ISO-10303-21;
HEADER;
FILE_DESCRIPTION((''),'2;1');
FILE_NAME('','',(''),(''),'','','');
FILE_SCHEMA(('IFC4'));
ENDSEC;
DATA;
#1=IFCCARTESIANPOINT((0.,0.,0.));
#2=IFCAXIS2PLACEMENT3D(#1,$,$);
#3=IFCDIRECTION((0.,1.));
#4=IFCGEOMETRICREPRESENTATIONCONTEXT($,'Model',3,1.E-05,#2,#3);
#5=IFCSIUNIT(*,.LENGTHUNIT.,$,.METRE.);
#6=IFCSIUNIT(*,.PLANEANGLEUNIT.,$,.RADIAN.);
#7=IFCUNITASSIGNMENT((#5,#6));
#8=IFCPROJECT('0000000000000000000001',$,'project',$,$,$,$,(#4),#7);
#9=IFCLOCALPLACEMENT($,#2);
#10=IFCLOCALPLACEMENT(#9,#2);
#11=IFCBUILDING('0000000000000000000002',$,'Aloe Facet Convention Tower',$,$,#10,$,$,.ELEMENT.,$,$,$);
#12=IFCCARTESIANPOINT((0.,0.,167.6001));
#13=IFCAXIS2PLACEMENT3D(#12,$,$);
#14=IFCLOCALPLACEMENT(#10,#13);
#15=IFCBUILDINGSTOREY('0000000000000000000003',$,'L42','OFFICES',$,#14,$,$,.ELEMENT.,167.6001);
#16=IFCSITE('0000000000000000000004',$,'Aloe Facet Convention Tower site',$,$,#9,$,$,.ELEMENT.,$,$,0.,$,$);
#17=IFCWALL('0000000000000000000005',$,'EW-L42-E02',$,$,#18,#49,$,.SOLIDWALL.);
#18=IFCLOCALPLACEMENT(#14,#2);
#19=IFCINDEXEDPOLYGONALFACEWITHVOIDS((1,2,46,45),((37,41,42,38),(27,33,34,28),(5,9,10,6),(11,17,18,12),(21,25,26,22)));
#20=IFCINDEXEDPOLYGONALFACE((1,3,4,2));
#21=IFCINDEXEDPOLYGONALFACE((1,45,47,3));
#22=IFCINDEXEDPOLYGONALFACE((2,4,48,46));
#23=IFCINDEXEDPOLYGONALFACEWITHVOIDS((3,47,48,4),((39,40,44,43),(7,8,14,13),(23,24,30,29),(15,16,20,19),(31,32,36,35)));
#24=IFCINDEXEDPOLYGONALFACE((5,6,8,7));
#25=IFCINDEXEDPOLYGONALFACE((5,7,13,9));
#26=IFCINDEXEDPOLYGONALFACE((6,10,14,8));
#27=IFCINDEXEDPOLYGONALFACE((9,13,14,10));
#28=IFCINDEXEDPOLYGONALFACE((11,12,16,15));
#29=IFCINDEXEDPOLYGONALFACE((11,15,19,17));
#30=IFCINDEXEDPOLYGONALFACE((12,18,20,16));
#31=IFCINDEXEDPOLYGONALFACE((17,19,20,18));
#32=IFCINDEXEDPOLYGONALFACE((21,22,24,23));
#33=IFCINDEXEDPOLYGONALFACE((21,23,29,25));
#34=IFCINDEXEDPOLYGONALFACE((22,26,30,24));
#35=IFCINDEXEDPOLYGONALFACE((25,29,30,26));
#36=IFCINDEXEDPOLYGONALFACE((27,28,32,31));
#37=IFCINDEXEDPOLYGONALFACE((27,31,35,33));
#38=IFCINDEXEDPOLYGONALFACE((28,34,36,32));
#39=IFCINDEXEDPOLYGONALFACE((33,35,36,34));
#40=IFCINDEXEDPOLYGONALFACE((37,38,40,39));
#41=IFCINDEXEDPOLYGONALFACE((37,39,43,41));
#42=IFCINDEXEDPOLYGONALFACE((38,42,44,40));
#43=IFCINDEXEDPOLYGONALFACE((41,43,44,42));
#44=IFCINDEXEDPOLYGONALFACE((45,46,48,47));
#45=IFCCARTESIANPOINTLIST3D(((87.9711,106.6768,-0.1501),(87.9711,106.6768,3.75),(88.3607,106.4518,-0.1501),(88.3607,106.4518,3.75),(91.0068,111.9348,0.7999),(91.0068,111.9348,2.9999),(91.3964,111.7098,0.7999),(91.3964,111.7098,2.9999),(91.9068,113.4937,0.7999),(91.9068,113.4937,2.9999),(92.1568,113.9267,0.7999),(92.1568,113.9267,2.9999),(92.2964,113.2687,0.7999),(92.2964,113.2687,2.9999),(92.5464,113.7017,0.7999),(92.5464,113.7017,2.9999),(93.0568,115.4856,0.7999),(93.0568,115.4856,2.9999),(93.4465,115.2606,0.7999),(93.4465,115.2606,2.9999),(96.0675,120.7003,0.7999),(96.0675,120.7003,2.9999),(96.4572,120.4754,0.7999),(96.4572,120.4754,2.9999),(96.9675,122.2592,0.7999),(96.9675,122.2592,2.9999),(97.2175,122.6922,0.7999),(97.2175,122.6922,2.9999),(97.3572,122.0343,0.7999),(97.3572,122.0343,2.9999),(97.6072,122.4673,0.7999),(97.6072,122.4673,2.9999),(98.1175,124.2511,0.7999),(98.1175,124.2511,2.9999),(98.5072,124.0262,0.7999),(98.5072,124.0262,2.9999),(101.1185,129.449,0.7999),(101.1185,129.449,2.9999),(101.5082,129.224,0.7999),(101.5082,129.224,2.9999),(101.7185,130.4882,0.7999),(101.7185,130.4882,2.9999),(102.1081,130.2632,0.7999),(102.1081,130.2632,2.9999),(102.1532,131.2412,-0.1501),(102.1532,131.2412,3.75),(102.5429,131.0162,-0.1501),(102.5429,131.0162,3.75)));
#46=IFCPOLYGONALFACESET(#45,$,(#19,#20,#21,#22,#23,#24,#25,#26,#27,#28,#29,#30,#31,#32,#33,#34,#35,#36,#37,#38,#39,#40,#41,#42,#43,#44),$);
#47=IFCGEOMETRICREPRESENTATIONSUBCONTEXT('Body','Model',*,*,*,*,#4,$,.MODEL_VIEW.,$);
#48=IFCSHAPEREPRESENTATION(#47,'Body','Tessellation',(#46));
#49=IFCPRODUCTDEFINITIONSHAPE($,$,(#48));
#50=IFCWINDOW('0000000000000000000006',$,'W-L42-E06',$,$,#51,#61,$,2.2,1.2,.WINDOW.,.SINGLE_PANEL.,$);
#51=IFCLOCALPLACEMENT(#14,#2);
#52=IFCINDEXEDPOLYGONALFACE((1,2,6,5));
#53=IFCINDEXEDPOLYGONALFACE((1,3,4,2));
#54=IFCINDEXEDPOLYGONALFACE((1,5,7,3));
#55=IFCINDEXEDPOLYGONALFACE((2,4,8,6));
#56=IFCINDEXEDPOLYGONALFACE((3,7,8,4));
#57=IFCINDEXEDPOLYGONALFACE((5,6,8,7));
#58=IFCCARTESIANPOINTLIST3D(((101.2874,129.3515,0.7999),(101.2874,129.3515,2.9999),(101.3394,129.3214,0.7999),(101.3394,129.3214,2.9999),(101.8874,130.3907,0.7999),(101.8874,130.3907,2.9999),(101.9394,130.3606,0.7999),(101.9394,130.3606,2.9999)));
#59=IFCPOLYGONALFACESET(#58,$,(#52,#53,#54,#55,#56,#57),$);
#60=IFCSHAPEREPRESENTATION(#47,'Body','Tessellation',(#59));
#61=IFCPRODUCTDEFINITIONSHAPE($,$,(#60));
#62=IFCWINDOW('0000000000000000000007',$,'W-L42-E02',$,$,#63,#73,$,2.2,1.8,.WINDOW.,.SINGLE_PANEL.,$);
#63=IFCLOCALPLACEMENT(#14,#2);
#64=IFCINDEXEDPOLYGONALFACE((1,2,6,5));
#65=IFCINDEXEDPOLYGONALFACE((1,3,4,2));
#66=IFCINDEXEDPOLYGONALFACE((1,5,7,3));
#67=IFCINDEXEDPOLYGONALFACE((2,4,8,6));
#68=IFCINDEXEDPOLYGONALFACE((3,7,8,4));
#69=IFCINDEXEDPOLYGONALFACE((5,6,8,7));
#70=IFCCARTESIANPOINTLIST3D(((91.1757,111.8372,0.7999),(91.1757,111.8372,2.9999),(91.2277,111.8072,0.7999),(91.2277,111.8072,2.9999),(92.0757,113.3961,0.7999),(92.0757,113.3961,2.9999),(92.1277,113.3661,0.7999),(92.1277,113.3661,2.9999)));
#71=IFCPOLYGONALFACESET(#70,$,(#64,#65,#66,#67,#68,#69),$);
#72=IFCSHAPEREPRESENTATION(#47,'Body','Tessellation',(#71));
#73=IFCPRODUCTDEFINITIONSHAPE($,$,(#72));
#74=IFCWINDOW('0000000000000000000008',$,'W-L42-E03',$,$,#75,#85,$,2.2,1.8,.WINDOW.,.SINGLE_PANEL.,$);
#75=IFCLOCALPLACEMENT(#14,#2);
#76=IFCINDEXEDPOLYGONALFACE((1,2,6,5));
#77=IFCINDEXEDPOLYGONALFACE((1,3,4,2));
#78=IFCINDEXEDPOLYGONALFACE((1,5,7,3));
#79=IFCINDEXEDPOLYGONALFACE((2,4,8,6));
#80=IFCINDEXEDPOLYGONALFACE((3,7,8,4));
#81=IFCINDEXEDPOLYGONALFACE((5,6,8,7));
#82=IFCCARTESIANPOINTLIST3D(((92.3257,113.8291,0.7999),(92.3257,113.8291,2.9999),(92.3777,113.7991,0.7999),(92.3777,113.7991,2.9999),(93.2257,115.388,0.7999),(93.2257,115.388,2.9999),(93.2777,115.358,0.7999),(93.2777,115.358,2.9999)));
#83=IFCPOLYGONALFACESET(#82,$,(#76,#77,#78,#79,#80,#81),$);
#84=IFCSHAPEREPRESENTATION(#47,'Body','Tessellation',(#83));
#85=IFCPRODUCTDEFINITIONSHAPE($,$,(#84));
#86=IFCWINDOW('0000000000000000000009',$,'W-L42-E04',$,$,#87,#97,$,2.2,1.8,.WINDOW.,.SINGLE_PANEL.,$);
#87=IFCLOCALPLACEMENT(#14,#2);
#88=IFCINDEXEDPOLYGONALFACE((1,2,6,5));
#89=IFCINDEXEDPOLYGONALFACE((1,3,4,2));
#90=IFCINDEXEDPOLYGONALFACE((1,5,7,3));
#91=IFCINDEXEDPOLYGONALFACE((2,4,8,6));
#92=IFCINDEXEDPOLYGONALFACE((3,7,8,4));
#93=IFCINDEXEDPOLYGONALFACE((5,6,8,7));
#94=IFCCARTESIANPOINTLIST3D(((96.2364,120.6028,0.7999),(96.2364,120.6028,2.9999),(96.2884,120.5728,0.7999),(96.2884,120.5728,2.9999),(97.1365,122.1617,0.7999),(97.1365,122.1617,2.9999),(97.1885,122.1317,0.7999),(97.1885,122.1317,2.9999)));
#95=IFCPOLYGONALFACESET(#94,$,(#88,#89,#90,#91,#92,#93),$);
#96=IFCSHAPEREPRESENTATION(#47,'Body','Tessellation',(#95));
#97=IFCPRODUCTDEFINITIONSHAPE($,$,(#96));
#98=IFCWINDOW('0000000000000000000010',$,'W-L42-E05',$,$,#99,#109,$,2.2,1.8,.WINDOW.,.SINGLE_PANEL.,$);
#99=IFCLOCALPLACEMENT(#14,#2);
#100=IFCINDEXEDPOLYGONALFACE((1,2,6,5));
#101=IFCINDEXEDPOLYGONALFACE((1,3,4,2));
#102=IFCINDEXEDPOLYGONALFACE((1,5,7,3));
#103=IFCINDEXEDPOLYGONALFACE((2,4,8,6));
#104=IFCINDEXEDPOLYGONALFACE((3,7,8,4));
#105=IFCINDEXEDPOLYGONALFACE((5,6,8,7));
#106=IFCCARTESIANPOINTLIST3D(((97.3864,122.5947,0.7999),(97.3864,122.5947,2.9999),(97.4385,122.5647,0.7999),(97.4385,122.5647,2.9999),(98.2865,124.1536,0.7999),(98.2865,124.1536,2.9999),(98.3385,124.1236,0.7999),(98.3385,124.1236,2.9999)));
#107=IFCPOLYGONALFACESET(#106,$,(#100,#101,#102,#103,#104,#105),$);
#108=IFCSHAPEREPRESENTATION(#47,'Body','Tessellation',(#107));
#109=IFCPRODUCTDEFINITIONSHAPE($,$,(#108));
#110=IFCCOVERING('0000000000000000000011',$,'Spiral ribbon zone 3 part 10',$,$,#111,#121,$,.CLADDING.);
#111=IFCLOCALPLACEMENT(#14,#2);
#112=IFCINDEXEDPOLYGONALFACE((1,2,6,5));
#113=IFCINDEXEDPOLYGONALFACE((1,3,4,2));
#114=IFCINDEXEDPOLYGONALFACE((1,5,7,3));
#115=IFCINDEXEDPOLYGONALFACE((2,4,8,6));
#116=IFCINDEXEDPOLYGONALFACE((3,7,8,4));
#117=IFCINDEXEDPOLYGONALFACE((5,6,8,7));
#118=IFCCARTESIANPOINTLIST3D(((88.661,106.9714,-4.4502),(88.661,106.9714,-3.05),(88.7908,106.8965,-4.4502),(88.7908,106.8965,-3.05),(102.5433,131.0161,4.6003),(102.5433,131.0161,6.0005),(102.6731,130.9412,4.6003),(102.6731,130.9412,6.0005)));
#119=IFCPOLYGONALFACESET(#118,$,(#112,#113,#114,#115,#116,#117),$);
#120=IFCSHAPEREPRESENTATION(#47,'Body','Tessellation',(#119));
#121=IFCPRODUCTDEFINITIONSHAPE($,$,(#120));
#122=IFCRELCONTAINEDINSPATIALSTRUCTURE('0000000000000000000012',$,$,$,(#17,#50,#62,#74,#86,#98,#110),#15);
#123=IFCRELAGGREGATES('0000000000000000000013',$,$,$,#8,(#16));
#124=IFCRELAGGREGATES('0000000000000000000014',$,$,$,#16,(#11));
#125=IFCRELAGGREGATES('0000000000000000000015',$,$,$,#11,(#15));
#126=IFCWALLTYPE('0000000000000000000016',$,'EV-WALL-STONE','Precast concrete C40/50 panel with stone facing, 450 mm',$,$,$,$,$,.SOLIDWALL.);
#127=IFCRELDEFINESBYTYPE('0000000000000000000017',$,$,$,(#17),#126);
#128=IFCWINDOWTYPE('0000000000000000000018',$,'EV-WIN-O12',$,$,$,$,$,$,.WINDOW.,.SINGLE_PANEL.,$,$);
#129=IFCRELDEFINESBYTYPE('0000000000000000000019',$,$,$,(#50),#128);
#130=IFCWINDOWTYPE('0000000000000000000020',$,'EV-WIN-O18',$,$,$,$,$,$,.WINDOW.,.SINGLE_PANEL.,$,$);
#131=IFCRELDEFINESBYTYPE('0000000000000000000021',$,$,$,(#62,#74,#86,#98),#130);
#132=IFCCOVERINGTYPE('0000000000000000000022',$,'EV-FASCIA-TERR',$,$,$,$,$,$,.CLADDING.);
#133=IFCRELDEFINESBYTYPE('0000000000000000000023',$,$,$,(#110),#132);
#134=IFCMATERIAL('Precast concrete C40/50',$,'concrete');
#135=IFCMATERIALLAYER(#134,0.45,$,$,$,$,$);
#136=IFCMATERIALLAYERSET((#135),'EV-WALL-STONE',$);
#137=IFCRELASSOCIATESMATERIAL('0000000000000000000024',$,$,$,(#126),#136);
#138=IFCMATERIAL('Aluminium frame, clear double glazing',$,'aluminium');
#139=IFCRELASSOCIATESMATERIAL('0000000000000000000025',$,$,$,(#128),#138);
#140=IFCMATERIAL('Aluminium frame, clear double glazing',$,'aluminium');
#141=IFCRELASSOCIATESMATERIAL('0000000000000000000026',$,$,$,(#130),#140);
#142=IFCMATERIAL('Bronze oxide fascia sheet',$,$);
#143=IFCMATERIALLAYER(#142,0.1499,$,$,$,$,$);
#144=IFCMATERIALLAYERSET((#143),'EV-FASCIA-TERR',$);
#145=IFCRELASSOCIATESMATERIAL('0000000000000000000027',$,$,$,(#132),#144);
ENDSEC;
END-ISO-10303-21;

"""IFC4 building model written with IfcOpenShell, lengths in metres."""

from ifc_helpers import new_model, si_unit, direction, frame, frame_2d, origin, place, context, subcontext, project, spatial, polyline, rectangle, outline, extrude, material, layer, layer_set, type_object, element, fill, save


model = new_model("IFC4")

# Units and contexts
model_context = context("Model", 3, precision=1e-05, world=origin(), true_north=direction((0.0, 1.0)))
body_context = subcontext(model_context, "Body", "Model", "MODEL_VIEW")
ifc_project = project(units=[si_unit("LENGTHUNIT", "METRE"), si_unit("PLANEANGLEUNIT", "RADIAN")], contexts=[model_context])

# Site, building, storey
site_placement = place(None, origin())
site = spatial("IfcSite", under=ifc_project, at=site_placement, Name="Aloe Facet Convention Tower site", CompositionType="ELEMENT", RefElevation=0.0)
building_placement = place(site_placement, origin())
building = spatial("IfcBuilding", under=site, at=building_placement, Name="Aloe Facet Convention Tower", CompositionType="ELEMENT")
storey_placement = place(building_placement, frame((0.0, 0.0, 167.6001)))
storey = spatial("IfcBuildingStorey", under=building, at=storey_placement, Name="L42", Description="OFFICES", CompositionType="ELEMENT", Elevation=167.6001)

# Wall, openings, windows
ifc_material_1 = material(Name="Precast concrete C40/50", Category="concrete")
ifc_layer_1 = layer(ifc_material_1, 0.45)
ifc_layer_set_1 = layer_set([ifc_layer_1], Name="EV-WALL-STONE")
wall_type = type_object("IfcWallType", Name="EV-WALL-STONE", Description="Precast concrete C40/50 panel with stone facing, 450 mm", PredefinedType="SOLIDWALL", material=ifc_layer_set_1)
wall_placement = place(storey_placement, frame((88.166, 106.5642, -0.1501), z_axis=(0.0, 0.0, 1.0), x_axis=(0.499996, 0.866028, 0.0)))
wall = element("IfcWall", 1, at=wall_placement, inside=storey, type_object=wall_type, Name="EW-L42-E02", PredefinedType="SOLIDWALL", context=body_context, shape_type="SweptSolid", body=[
    extrude(outline(polyline([(28.3645, 3.9001), (28.3645, 0.0), (0.0, 0.0), (0.0, 3.9001), (28.3645, 3.9001)])), frame((0.0, 0.2251, 0.0), z_axis=(0.0, -1.0, 0.0), x_axis=(1.0, 0.0, 0.0)), (0.0, 0.0, 1.0), 0.45),
])
opening_1_placement = place(wall_placement, frame((6.0715, 0.0, 0.95)))
opening_1 = element("IfcOpeningElement", 2, at=opening_1_placement, cuts=wall, PredefinedType="OPENING", context=body_context, shape_type="SweptSolid", body=[
    extrude(rectangle(XDim=1.8, YDim=2.2, at=frame_2d((0.8999, 1.1001))), frame((0.0, 0.2349, 0.0), z_axis=(0.0, -1.0, 0.0), x_axis=(1.0, 0.0, 0.0)), (0.0, 0.0, 1.0), 0.47),
])
opening_2_placement = place(wall_placement, frame((8.3716, 0.0, 0.95)))
opening_2 = element("IfcOpeningElement", 3, at=opening_2_placement, cuts=wall, PredefinedType="OPENING", context=body_context, shape_type="SweptSolid", body=[
    extrude(rectangle(XDim=1.8, YDim=2.2, at=frame_2d((0.8999, 1.1001))), frame((0.0, 0.2349, 0.0), z_axis=(0.0, -1.0, 0.0), x_axis=(1.0, 0.0, 0.0)), (0.0, 0.0, 1.0), 0.47),
])
opening_3_placement = place(wall_placement, frame((16.1931, 0.0, 0.95)))
opening_3 = element("IfcOpeningElement", 4, at=opening_3_placement, cuts=wall, PredefinedType="OPENING", context=body_context, shape_type="SweptSolid", body=[
    extrude(rectangle(XDim=1.8, YDim=2.2, at=frame_2d((0.8999, 1.1001))), frame((0.0, 0.2349, 0.0), z_axis=(0.0, -1.0, 0.0), x_axis=(1.0, 0.0, 0.0)), (0.0, 0.0, 1.0), 0.47),
])
opening_4_placement = place(wall_placement, frame((18.4932, 0.0, 0.95)))
opening_4 = element("IfcOpeningElement", 5, at=opening_4_placement, cuts=wall, PredefinedType="OPENING", context=body_context, shape_type="SweptSolid", body=[
    extrude(rectangle(XDim=1.8, YDim=2.2, at=frame_2d((0.8999, 1.1001))), frame((0.0, 0.2349, 0.0), z_axis=(0.0, -1.0, 0.0), x_axis=(1.0, 0.0, 0.0)), (0.0, 0.0, 1.0), 0.47),
])
opening_5_placement = place(wall_placement, frame((26.2949, 0.0, 0.95)))
opening_5 = element("IfcOpeningElement", 6, at=opening_5_placement, cuts=wall, PredefinedType="OPENING", context=body_context, shape_type="SweptSolid", body=[
    extrude(rectangle(XDim=1.2, YDim=2.2, at=frame_2d((0.6001, 1.1001))), frame((0.0, 0.2349, 0.0), z_axis=(0.0, -1.0, 0.0), x_axis=(1.0, 0.0, 0.0)), (0.0, 0.0, 1.0), 0.47),
])
ifc_material_2 = material(Name="Aluminium frame, clear double glazing", Category="aluminium")
window_type_1 = type_object("IfcWindowType", Name="EV-WIN-O12", PartitioningType="SINGLE_PANEL", PredefinedType="WINDOW", material=ifc_material_2)
window_1_placement = place(opening_5_placement, origin())
window_1 = element("IfcWindow", 7, at=window_1_placement, inside=storey, type_object=window_type_1, Name="W-L42-E06", OverallHeight=2.2, OverallWidth=1.2, PartitioningType="SINGLE_PANEL", PredefinedType="WINDOW", context=body_context, shape_type="SweptSolid", body=[
    extrude(rectangle(XDim=1.2, YDim=2.2, at=frame_2d((0.6001, 1.1001))), frame((0.0, 0.03, 0.0), z_axis=(0.0, -1.0, 0.0), x_axis=(1.0, 0.0, 0.0)), (0.0, 0.0, 1.0), 0.0601),
])
fill(opening_5, window_1)
ifc_material_3 = material(Name="Aluminium frame, clear double glazing", Category="aluminium")
window_type_2 = type_object("IfcWindowType", Name="EV-WIN-O18", PartitioningType="SINGLE_PANEL", PredefinedType="WINDOW", material=ifc_material_3)
window_2_placement = place(opening_1_placement, origin())
window_2 = element("IfcWindow", 8, at=window_2_placement, inside=storey, type_object=window_type_2, Name="W-L42-E02", OverallHeight=2.2, OverallWidth=1.8, PartitioningType="SINGLE_PANEL", PredefinedType="WINDOW", context=body_context, shape_type="SweptSolid", body=[
    extrude(rectangle(XDim=1.8, YDim=2.2, at=frame_2d((0.8999, 1.1001))), frame((0.0, 0.03, 0.0), z_axis=(0.0, -1.0, 0.0), x_axis=(1.0, 0.0, 0.0)), (0.0, 0.0, 1.0), 0.0601),
])
fill(opening_1, window_2)
window_3_placement = place(opening_2_placement, origin())
window_3 = element("IfcWindow", 9, at=window_3_placement, inside=storey, type_object=window_type_2, Name="W-L42-E03", OverallHeight=2.2, OverallWidth=1.8, PartitioningType="SINGLE_PANEL", PredefinedType="WINDOW", context=body_context, shape_type="SweptSolid", body=[
    extrude(rectangle(XDim=1.8, YDim=2.2, at=frame_2d((0.8999, 1.1001))), frame((0.0, 0.03, 0.0), z_axis=(0.0, -1.0, 0.0), x_axis=(1.0, 0.0, 0.0)), (0.0, 0.0, 1.0), 0.0601),
])
fill(opening_2, window_3)
window_4_placement = place(opening_3_placement, origin())
window_4 = element("IfcWindow", 10, at=window_4_placement, inside=storey, type_object=window_type_2, Name="W-L42-E04", OverallHeight=2.2, OverallWidth=1.8, PartitioningType="SINGLE_PANEL", PredefinedType="WINDOW", context=body_context, shape_type="SweptSolid", body=[
    extrude(rectangle(XDim=1.8, YDim=2.2, at=frame_2d((0.8999, 1.1001))), frame((0.0, 0.03, 0.0), z_axis=(0.0, -1.0, 0.0), x_axis=(1.0, 0.0, 0.0)), (0.0, 0.0, 1.0), 0.0601),
])
fill(opening_3, window_4)
window_5_placement = place(opening_4_placement, origin())
window_5 = element("IfcWindow", 11, at=window_5_placement, inside=storey, type_object=window_type_2, Name="W-L42-E05", OverallHeight=2.2, OverallWidth=1.8, PartitioningType="SINGLE_PANEL", PredefinedType="WINDOW", context=body_context, shape_type="SweptSolid", body=[
    extrude(rectangle(XDim=1.8, YDim=2.2, at=frame_2d((0.8999, 1.1001))), frame((0.0, 0.03, 0.0), z_axis=(0.0, -1.0, 0.0), x_axis=(1.0, 0.0, 0.0)), (0.0, 0.0, 1.0), 0.0601),
])
fill(opening_4, window_5)

# Covering
ifc_material_4 = material(Name="Bronze oxide fascia sheet")
ifc_layer_2 = layer(ifc_material_4, 0.1499)
ifc_layer_set_2 = layer_set([ifc_layer_2], Name="EV-FASCIA-TERR")
covering_type = type_object("IfcCoveringType", Name="EV-FASCIA-TERR", PredefinedType="CLADDING", material=ifc_layer_set_2)
covering_placement = place(storey_placement, frame((88.7908, 106.8965, -4.4502), z_axis=(0.866023, -0.500003, 0.0), x_axis=(0.475384, 0.823381, 0.309925)))
element("IfcCovering", 12, at=covering_placement, inside=storey, type_object=covering_type, Name="Spiral ribbon zone 3 part 10", PredefinedType="CLADDING", context=body_context, shape_type="SweptSolid", body=[
    extrude(outline(polyline([(0.0, 0.0), (29.2024, 0.0), (29.6363, 1.3312), (0.4339, 1.3312), (0.0, 0.0)])), origin(), (0.0, 0.0, -1.0), 0.1499),
])

save(model, "model.ifc")
